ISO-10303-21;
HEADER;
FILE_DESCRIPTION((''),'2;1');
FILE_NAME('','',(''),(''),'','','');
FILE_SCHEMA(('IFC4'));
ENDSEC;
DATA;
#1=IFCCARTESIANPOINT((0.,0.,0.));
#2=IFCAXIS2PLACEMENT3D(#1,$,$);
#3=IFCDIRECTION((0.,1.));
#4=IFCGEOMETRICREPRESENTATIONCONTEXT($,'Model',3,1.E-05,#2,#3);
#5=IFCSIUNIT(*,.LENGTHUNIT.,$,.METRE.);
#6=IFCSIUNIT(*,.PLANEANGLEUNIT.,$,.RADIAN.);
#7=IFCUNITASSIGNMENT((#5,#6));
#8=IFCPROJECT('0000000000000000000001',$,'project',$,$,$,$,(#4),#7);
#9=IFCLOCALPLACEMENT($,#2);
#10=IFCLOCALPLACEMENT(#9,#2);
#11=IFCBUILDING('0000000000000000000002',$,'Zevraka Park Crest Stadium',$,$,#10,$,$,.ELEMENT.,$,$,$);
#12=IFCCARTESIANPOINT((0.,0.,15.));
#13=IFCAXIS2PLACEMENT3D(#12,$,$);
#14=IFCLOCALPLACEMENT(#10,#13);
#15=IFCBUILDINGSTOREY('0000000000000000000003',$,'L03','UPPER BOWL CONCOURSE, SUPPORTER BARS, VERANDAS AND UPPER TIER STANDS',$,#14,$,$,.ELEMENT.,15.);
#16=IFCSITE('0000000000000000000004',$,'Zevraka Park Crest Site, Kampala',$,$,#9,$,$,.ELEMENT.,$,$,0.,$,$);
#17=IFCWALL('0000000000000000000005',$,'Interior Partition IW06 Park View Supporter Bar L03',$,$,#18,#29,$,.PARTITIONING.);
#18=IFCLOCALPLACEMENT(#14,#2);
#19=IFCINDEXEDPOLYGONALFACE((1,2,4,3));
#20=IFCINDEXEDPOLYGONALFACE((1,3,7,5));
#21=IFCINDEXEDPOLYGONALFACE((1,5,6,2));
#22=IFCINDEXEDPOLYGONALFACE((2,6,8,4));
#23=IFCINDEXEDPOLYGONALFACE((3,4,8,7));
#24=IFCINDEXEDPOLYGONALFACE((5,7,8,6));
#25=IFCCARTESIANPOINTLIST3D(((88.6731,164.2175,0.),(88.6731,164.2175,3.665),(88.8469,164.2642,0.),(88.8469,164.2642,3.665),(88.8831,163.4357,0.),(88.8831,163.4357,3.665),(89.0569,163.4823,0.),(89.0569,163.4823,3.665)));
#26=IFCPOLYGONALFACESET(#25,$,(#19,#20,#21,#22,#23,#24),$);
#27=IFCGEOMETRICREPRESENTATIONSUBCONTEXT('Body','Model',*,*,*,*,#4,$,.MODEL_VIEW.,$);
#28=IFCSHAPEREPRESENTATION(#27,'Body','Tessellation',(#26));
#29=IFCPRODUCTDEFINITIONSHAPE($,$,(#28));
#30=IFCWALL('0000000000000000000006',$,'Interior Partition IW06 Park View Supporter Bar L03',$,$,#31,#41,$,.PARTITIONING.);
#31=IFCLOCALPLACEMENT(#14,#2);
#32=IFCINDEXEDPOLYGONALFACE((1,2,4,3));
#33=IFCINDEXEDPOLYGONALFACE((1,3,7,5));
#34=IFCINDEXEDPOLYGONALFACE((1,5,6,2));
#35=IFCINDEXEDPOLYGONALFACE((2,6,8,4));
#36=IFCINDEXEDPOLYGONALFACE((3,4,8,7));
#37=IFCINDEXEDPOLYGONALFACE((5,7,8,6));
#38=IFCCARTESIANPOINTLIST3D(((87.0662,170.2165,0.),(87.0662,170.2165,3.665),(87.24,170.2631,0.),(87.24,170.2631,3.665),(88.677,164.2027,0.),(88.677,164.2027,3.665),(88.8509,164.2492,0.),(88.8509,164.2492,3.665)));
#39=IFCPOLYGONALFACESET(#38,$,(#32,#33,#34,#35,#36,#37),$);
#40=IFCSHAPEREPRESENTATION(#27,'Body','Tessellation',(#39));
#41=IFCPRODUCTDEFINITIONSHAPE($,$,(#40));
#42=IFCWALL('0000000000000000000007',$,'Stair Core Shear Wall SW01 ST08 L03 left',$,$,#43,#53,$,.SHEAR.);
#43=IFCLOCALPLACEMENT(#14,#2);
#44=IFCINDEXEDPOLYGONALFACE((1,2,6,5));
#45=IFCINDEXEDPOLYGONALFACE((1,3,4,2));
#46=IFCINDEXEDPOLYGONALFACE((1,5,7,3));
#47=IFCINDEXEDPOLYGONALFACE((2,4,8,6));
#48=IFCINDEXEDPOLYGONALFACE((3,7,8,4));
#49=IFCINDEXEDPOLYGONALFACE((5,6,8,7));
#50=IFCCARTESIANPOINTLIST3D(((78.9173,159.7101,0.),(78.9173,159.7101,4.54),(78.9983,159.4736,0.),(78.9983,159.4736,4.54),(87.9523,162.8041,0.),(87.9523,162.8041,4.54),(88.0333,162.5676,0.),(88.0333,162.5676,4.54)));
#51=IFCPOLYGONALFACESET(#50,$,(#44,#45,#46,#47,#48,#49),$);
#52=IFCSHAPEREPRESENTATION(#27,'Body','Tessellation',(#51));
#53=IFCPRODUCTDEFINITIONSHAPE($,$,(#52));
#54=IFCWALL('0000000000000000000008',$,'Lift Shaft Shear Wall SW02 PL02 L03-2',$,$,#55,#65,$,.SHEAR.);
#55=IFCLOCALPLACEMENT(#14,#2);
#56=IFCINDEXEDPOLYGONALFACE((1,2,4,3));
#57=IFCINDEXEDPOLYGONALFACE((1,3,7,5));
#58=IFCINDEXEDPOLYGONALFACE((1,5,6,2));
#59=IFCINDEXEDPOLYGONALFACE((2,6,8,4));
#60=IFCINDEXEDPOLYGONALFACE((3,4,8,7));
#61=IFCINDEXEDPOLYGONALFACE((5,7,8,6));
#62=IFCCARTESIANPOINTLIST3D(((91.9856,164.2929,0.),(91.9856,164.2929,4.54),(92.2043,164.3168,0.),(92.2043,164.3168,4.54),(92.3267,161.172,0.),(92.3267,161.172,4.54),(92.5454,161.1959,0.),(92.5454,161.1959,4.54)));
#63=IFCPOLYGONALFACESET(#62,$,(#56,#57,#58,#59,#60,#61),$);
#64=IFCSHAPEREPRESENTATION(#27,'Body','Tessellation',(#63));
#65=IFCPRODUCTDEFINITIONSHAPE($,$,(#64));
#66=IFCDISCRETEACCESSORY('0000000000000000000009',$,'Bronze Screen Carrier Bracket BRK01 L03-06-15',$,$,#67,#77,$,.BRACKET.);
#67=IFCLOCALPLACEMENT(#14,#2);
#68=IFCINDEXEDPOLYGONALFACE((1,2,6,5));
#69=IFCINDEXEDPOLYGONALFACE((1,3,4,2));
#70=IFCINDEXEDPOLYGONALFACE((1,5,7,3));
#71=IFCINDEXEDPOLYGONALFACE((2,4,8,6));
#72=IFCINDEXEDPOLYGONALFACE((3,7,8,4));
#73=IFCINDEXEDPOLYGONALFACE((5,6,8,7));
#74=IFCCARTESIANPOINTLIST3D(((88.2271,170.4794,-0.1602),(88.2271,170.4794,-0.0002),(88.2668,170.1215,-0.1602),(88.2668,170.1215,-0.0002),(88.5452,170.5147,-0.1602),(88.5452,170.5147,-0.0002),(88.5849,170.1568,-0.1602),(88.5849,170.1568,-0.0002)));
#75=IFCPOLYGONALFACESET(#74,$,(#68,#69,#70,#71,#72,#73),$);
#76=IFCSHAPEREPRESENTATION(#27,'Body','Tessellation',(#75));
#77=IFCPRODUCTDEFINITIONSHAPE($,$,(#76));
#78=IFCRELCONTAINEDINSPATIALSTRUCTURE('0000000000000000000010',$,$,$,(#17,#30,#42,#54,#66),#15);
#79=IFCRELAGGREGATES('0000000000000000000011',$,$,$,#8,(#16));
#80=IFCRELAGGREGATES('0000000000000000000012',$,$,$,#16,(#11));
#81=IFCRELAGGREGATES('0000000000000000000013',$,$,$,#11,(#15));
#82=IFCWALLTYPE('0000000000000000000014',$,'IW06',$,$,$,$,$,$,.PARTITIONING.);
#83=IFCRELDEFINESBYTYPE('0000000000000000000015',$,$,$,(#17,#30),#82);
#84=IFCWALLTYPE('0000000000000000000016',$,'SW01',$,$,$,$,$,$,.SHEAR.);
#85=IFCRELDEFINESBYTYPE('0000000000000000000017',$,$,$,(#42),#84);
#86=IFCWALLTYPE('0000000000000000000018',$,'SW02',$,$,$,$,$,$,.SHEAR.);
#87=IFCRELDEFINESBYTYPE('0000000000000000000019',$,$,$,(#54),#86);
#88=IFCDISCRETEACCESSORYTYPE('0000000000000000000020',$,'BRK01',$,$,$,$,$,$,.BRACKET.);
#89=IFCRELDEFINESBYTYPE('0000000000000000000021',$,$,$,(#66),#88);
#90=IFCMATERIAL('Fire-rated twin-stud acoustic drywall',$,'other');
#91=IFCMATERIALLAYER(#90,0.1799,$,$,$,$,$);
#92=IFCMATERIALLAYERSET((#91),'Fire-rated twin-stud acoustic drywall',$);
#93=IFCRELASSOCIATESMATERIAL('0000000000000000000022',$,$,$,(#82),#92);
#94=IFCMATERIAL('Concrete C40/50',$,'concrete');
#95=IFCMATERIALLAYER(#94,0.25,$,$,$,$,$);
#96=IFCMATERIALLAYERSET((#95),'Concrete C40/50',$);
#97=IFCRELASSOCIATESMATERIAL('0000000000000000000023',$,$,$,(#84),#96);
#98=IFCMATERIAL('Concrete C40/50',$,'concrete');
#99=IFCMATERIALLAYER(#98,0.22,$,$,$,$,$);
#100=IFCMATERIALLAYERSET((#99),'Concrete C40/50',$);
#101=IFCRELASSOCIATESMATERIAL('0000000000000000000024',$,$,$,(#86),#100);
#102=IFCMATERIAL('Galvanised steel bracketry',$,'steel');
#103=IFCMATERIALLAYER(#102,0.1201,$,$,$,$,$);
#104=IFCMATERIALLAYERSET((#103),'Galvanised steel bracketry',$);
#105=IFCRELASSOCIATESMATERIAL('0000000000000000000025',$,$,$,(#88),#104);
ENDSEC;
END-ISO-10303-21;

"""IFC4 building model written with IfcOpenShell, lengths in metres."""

from ifc_helpers import new_model, si_unit, direction, frame, frame_2d, origin, origin_2d, place, context, subcontext, project, spatial, rectangle, extrude, material, layer, layer_set, type_object, element, save


model = new_model("IFC4")

# Units and contexts
model_context = context("Model", 3, precision=1e-05, world=origin(), true_north=direction((0.0, 1.0)))
body_context = subcontext(model_context, "Body", "Model", "MODEL_VIEW")
ifc_project = project(units=[si_unit("LENGTHUNIT", "METRE"), si_unit("PLANEANGLEUNIT", "RADIAN")], contexts=[model_context])

# Site, building, storey
site_placement = place(None, origin())
site = spatial("IfcSite", under=ifc_project, at=site_placement, Name="Zevraka Park Crest Site, Kampala", CompositionType="ELEMENT", RefElevation=0.0)
building_placement = place(site_placement, origin())
building = spatial("IfcBuilding", under=site, at=building_placement, Name="Zevraka Park Crest Stadium", CompositionType="ELEMENT")
storey_placement = place(building_placement, frame((0.0, 0.0, 15.0)))
storey = spatial("IfcBuildingStorey", under=building, at=storey_placement, Name="L03", Description="UPPER BOWL CONCOURSE, SUPPORTER BARS, VERANDAS AND UPPER TIER STANDS", CompositionType="ELEMENT", Elevation=15.0)

# Walls
ifc_material_1 = material(Name="Fire-rated twin-stud acoustic drywall", Category="other")
ifc_layer_1 = layer(ifc_material_1, 0.1799)
ifc_layer_set_1 = layer_set([ifc_layer_1], Name="Fire-rated twin-stud acoustic drywall")
wall_type_1 = type_object("IfcWallType", Name="IW06", PredefinedType="PARTITIONING", material=ifc_layer_set_1)
wall_1_placement = place(storey_placement, frame((88.97, 163.459, 0.0), z_axis=(0.0, 0.0, 1.0), x_axis=(-0.259314, 0.965793, 0.0)))
element("IfcWall", 1, at=wall_1_placement, inside=storey, type_object=wall_type_1, Name="Interior Partition IW06 Park View Supporter Bar L03", PredefinedType="PARTITIONING", context=body_context, shape_type="SweptSolid", body=[
    extrude(rectangle(XDim=0.8096, YDim=0.1799, at=frame_2d((0.4048, 0.0))), origin(), (0.0, 0.0, 1.0), 3.665),
])
wall_2_placement = place(storey_placement, frame((88.7639, 164.2261, 0.0), z_axis=(0.0, 0.0, 1.0), x_axis=(-0.258732, 0.965949, 0.0)))
element("IfcWall", 2, at=wall_2_placement, inside=storey, type_object=wall_type_1, Name="Interior Partition IW06 Park View Supporter Bar L03", PredefinedType="PARTITIONING", context=body_context, shape_type="SweptSolid", body=[
    extrude(rectangle(XDim=6.2258, YDim=0.1799, at=frame_2d((3.1128, 0.0))), origin(), (0.0, 0.0, 1.0), 3.665),
])
ifc_material_2 = material(Name="Concrete C40/50", Category="concrete")
ifc_layer_2 = layer(ifc_material_2, 0.25)
ifc_layer_set_2 = layer_set([ifc_layer_2], Name="Concrete C40/50")
wall_type_2 = type_object("IfcWallType", Name="SW01", PredefinedType="SHEAR", material=ifc_layer_set_2)
wall_3_placement = place(storey_placement, frame((87.9927, 162.6858, 0.0), z_axis=(0.0, 0.0, 1.0), x_axis=(-0.946064, -0.323979, 0.0)))
element("IfcWall", 3, at=wall_3_placement, inside=storey, type_object=wall_type_2, Name="Stair Core Shear Wall SW01 ST08 L03 left", PredefinedType="SHEAR", context=body_context, shape_type="SweptSolid", body=[
    extrude(rectangle(XDim=9.55, YDim=0.25, at=frame_2d((4.7749, 0.0))), origin(), (0.0, 0.0, 1.0), 4.54),
])
ifc_material_3 = material(Name="Concrete C40/50", Category="concrete")
ifc_layer_3 = layer(ifc_material_3, 0.22)
ifc_layer_set_3 = layer_set([ifc_layer_3], Name="Concrete C40/50")
wall_type_3 = type_object("IfcWallType", Name="SW02", PredefinedType="SHEAR", material=ifc_layer_set_3)
wall_4_placement = place(storey_placement, frame((92.095, 164.3049, 0.0), z_axis=(0.0, 0.0, 1.0), x_axis=(0.108639, -0.994081, 0.0)))
element("IfcWall", 4, at=wall_4_placement, inside=storey, type_object=wall_type_3, Name="Lift Shaft Shear Wall SW02 PL02 L03-2", PredefinedType="SHEAR", context=body_context, shape_type="SweptSolid", body=[
    extrude(rectangle(XDim=3.1394, YDim=0.22, at=frame_2d((1.5698, 0.0))), origin(), (0.0, 0.0, 1.0), 4.54),
])

# Discrete accessory
ifc_material_4 = material(Name="Galvanised steel bracketry", Category="steel")
ifc_layer_4 = layer(ifc_material_4, 0.1201)
ifc_layer_set_4 = layer_set([ifc_layer_4], Name="Galvanised steel bracketry")
discrete_accessory_type = type_object("IfcDiscreteAccessoryType", Name="BRK01", PredefinedType="BRACKET", material=ifc_layer_set_4)
discrete_accessory_placement = place(storey_placement, frame((88.406, 170.3181, -0.1602), z_axis=(0.0, 0.0, 1.0), x_axis=(-0.993884, -0.110428, 0.0)))
element("IfcDiscreteAccessory", 5, at=discrete_accessory_placement, inside=storey, type_object=discrete_accessory_type, Name="Bronze Screen Carrier Bracket BRK01 L03-06-15", PredefinedType="BRACKET", context=body_context, shape_type="SweptSolid", body=[
    extrude(rectangle(XDim=0.3201, YDim=0.3601, at=origin_2d()), origin(), (0.0, 0.0, 1.0), 0.1599),
])

save(model, "model.ifc")
